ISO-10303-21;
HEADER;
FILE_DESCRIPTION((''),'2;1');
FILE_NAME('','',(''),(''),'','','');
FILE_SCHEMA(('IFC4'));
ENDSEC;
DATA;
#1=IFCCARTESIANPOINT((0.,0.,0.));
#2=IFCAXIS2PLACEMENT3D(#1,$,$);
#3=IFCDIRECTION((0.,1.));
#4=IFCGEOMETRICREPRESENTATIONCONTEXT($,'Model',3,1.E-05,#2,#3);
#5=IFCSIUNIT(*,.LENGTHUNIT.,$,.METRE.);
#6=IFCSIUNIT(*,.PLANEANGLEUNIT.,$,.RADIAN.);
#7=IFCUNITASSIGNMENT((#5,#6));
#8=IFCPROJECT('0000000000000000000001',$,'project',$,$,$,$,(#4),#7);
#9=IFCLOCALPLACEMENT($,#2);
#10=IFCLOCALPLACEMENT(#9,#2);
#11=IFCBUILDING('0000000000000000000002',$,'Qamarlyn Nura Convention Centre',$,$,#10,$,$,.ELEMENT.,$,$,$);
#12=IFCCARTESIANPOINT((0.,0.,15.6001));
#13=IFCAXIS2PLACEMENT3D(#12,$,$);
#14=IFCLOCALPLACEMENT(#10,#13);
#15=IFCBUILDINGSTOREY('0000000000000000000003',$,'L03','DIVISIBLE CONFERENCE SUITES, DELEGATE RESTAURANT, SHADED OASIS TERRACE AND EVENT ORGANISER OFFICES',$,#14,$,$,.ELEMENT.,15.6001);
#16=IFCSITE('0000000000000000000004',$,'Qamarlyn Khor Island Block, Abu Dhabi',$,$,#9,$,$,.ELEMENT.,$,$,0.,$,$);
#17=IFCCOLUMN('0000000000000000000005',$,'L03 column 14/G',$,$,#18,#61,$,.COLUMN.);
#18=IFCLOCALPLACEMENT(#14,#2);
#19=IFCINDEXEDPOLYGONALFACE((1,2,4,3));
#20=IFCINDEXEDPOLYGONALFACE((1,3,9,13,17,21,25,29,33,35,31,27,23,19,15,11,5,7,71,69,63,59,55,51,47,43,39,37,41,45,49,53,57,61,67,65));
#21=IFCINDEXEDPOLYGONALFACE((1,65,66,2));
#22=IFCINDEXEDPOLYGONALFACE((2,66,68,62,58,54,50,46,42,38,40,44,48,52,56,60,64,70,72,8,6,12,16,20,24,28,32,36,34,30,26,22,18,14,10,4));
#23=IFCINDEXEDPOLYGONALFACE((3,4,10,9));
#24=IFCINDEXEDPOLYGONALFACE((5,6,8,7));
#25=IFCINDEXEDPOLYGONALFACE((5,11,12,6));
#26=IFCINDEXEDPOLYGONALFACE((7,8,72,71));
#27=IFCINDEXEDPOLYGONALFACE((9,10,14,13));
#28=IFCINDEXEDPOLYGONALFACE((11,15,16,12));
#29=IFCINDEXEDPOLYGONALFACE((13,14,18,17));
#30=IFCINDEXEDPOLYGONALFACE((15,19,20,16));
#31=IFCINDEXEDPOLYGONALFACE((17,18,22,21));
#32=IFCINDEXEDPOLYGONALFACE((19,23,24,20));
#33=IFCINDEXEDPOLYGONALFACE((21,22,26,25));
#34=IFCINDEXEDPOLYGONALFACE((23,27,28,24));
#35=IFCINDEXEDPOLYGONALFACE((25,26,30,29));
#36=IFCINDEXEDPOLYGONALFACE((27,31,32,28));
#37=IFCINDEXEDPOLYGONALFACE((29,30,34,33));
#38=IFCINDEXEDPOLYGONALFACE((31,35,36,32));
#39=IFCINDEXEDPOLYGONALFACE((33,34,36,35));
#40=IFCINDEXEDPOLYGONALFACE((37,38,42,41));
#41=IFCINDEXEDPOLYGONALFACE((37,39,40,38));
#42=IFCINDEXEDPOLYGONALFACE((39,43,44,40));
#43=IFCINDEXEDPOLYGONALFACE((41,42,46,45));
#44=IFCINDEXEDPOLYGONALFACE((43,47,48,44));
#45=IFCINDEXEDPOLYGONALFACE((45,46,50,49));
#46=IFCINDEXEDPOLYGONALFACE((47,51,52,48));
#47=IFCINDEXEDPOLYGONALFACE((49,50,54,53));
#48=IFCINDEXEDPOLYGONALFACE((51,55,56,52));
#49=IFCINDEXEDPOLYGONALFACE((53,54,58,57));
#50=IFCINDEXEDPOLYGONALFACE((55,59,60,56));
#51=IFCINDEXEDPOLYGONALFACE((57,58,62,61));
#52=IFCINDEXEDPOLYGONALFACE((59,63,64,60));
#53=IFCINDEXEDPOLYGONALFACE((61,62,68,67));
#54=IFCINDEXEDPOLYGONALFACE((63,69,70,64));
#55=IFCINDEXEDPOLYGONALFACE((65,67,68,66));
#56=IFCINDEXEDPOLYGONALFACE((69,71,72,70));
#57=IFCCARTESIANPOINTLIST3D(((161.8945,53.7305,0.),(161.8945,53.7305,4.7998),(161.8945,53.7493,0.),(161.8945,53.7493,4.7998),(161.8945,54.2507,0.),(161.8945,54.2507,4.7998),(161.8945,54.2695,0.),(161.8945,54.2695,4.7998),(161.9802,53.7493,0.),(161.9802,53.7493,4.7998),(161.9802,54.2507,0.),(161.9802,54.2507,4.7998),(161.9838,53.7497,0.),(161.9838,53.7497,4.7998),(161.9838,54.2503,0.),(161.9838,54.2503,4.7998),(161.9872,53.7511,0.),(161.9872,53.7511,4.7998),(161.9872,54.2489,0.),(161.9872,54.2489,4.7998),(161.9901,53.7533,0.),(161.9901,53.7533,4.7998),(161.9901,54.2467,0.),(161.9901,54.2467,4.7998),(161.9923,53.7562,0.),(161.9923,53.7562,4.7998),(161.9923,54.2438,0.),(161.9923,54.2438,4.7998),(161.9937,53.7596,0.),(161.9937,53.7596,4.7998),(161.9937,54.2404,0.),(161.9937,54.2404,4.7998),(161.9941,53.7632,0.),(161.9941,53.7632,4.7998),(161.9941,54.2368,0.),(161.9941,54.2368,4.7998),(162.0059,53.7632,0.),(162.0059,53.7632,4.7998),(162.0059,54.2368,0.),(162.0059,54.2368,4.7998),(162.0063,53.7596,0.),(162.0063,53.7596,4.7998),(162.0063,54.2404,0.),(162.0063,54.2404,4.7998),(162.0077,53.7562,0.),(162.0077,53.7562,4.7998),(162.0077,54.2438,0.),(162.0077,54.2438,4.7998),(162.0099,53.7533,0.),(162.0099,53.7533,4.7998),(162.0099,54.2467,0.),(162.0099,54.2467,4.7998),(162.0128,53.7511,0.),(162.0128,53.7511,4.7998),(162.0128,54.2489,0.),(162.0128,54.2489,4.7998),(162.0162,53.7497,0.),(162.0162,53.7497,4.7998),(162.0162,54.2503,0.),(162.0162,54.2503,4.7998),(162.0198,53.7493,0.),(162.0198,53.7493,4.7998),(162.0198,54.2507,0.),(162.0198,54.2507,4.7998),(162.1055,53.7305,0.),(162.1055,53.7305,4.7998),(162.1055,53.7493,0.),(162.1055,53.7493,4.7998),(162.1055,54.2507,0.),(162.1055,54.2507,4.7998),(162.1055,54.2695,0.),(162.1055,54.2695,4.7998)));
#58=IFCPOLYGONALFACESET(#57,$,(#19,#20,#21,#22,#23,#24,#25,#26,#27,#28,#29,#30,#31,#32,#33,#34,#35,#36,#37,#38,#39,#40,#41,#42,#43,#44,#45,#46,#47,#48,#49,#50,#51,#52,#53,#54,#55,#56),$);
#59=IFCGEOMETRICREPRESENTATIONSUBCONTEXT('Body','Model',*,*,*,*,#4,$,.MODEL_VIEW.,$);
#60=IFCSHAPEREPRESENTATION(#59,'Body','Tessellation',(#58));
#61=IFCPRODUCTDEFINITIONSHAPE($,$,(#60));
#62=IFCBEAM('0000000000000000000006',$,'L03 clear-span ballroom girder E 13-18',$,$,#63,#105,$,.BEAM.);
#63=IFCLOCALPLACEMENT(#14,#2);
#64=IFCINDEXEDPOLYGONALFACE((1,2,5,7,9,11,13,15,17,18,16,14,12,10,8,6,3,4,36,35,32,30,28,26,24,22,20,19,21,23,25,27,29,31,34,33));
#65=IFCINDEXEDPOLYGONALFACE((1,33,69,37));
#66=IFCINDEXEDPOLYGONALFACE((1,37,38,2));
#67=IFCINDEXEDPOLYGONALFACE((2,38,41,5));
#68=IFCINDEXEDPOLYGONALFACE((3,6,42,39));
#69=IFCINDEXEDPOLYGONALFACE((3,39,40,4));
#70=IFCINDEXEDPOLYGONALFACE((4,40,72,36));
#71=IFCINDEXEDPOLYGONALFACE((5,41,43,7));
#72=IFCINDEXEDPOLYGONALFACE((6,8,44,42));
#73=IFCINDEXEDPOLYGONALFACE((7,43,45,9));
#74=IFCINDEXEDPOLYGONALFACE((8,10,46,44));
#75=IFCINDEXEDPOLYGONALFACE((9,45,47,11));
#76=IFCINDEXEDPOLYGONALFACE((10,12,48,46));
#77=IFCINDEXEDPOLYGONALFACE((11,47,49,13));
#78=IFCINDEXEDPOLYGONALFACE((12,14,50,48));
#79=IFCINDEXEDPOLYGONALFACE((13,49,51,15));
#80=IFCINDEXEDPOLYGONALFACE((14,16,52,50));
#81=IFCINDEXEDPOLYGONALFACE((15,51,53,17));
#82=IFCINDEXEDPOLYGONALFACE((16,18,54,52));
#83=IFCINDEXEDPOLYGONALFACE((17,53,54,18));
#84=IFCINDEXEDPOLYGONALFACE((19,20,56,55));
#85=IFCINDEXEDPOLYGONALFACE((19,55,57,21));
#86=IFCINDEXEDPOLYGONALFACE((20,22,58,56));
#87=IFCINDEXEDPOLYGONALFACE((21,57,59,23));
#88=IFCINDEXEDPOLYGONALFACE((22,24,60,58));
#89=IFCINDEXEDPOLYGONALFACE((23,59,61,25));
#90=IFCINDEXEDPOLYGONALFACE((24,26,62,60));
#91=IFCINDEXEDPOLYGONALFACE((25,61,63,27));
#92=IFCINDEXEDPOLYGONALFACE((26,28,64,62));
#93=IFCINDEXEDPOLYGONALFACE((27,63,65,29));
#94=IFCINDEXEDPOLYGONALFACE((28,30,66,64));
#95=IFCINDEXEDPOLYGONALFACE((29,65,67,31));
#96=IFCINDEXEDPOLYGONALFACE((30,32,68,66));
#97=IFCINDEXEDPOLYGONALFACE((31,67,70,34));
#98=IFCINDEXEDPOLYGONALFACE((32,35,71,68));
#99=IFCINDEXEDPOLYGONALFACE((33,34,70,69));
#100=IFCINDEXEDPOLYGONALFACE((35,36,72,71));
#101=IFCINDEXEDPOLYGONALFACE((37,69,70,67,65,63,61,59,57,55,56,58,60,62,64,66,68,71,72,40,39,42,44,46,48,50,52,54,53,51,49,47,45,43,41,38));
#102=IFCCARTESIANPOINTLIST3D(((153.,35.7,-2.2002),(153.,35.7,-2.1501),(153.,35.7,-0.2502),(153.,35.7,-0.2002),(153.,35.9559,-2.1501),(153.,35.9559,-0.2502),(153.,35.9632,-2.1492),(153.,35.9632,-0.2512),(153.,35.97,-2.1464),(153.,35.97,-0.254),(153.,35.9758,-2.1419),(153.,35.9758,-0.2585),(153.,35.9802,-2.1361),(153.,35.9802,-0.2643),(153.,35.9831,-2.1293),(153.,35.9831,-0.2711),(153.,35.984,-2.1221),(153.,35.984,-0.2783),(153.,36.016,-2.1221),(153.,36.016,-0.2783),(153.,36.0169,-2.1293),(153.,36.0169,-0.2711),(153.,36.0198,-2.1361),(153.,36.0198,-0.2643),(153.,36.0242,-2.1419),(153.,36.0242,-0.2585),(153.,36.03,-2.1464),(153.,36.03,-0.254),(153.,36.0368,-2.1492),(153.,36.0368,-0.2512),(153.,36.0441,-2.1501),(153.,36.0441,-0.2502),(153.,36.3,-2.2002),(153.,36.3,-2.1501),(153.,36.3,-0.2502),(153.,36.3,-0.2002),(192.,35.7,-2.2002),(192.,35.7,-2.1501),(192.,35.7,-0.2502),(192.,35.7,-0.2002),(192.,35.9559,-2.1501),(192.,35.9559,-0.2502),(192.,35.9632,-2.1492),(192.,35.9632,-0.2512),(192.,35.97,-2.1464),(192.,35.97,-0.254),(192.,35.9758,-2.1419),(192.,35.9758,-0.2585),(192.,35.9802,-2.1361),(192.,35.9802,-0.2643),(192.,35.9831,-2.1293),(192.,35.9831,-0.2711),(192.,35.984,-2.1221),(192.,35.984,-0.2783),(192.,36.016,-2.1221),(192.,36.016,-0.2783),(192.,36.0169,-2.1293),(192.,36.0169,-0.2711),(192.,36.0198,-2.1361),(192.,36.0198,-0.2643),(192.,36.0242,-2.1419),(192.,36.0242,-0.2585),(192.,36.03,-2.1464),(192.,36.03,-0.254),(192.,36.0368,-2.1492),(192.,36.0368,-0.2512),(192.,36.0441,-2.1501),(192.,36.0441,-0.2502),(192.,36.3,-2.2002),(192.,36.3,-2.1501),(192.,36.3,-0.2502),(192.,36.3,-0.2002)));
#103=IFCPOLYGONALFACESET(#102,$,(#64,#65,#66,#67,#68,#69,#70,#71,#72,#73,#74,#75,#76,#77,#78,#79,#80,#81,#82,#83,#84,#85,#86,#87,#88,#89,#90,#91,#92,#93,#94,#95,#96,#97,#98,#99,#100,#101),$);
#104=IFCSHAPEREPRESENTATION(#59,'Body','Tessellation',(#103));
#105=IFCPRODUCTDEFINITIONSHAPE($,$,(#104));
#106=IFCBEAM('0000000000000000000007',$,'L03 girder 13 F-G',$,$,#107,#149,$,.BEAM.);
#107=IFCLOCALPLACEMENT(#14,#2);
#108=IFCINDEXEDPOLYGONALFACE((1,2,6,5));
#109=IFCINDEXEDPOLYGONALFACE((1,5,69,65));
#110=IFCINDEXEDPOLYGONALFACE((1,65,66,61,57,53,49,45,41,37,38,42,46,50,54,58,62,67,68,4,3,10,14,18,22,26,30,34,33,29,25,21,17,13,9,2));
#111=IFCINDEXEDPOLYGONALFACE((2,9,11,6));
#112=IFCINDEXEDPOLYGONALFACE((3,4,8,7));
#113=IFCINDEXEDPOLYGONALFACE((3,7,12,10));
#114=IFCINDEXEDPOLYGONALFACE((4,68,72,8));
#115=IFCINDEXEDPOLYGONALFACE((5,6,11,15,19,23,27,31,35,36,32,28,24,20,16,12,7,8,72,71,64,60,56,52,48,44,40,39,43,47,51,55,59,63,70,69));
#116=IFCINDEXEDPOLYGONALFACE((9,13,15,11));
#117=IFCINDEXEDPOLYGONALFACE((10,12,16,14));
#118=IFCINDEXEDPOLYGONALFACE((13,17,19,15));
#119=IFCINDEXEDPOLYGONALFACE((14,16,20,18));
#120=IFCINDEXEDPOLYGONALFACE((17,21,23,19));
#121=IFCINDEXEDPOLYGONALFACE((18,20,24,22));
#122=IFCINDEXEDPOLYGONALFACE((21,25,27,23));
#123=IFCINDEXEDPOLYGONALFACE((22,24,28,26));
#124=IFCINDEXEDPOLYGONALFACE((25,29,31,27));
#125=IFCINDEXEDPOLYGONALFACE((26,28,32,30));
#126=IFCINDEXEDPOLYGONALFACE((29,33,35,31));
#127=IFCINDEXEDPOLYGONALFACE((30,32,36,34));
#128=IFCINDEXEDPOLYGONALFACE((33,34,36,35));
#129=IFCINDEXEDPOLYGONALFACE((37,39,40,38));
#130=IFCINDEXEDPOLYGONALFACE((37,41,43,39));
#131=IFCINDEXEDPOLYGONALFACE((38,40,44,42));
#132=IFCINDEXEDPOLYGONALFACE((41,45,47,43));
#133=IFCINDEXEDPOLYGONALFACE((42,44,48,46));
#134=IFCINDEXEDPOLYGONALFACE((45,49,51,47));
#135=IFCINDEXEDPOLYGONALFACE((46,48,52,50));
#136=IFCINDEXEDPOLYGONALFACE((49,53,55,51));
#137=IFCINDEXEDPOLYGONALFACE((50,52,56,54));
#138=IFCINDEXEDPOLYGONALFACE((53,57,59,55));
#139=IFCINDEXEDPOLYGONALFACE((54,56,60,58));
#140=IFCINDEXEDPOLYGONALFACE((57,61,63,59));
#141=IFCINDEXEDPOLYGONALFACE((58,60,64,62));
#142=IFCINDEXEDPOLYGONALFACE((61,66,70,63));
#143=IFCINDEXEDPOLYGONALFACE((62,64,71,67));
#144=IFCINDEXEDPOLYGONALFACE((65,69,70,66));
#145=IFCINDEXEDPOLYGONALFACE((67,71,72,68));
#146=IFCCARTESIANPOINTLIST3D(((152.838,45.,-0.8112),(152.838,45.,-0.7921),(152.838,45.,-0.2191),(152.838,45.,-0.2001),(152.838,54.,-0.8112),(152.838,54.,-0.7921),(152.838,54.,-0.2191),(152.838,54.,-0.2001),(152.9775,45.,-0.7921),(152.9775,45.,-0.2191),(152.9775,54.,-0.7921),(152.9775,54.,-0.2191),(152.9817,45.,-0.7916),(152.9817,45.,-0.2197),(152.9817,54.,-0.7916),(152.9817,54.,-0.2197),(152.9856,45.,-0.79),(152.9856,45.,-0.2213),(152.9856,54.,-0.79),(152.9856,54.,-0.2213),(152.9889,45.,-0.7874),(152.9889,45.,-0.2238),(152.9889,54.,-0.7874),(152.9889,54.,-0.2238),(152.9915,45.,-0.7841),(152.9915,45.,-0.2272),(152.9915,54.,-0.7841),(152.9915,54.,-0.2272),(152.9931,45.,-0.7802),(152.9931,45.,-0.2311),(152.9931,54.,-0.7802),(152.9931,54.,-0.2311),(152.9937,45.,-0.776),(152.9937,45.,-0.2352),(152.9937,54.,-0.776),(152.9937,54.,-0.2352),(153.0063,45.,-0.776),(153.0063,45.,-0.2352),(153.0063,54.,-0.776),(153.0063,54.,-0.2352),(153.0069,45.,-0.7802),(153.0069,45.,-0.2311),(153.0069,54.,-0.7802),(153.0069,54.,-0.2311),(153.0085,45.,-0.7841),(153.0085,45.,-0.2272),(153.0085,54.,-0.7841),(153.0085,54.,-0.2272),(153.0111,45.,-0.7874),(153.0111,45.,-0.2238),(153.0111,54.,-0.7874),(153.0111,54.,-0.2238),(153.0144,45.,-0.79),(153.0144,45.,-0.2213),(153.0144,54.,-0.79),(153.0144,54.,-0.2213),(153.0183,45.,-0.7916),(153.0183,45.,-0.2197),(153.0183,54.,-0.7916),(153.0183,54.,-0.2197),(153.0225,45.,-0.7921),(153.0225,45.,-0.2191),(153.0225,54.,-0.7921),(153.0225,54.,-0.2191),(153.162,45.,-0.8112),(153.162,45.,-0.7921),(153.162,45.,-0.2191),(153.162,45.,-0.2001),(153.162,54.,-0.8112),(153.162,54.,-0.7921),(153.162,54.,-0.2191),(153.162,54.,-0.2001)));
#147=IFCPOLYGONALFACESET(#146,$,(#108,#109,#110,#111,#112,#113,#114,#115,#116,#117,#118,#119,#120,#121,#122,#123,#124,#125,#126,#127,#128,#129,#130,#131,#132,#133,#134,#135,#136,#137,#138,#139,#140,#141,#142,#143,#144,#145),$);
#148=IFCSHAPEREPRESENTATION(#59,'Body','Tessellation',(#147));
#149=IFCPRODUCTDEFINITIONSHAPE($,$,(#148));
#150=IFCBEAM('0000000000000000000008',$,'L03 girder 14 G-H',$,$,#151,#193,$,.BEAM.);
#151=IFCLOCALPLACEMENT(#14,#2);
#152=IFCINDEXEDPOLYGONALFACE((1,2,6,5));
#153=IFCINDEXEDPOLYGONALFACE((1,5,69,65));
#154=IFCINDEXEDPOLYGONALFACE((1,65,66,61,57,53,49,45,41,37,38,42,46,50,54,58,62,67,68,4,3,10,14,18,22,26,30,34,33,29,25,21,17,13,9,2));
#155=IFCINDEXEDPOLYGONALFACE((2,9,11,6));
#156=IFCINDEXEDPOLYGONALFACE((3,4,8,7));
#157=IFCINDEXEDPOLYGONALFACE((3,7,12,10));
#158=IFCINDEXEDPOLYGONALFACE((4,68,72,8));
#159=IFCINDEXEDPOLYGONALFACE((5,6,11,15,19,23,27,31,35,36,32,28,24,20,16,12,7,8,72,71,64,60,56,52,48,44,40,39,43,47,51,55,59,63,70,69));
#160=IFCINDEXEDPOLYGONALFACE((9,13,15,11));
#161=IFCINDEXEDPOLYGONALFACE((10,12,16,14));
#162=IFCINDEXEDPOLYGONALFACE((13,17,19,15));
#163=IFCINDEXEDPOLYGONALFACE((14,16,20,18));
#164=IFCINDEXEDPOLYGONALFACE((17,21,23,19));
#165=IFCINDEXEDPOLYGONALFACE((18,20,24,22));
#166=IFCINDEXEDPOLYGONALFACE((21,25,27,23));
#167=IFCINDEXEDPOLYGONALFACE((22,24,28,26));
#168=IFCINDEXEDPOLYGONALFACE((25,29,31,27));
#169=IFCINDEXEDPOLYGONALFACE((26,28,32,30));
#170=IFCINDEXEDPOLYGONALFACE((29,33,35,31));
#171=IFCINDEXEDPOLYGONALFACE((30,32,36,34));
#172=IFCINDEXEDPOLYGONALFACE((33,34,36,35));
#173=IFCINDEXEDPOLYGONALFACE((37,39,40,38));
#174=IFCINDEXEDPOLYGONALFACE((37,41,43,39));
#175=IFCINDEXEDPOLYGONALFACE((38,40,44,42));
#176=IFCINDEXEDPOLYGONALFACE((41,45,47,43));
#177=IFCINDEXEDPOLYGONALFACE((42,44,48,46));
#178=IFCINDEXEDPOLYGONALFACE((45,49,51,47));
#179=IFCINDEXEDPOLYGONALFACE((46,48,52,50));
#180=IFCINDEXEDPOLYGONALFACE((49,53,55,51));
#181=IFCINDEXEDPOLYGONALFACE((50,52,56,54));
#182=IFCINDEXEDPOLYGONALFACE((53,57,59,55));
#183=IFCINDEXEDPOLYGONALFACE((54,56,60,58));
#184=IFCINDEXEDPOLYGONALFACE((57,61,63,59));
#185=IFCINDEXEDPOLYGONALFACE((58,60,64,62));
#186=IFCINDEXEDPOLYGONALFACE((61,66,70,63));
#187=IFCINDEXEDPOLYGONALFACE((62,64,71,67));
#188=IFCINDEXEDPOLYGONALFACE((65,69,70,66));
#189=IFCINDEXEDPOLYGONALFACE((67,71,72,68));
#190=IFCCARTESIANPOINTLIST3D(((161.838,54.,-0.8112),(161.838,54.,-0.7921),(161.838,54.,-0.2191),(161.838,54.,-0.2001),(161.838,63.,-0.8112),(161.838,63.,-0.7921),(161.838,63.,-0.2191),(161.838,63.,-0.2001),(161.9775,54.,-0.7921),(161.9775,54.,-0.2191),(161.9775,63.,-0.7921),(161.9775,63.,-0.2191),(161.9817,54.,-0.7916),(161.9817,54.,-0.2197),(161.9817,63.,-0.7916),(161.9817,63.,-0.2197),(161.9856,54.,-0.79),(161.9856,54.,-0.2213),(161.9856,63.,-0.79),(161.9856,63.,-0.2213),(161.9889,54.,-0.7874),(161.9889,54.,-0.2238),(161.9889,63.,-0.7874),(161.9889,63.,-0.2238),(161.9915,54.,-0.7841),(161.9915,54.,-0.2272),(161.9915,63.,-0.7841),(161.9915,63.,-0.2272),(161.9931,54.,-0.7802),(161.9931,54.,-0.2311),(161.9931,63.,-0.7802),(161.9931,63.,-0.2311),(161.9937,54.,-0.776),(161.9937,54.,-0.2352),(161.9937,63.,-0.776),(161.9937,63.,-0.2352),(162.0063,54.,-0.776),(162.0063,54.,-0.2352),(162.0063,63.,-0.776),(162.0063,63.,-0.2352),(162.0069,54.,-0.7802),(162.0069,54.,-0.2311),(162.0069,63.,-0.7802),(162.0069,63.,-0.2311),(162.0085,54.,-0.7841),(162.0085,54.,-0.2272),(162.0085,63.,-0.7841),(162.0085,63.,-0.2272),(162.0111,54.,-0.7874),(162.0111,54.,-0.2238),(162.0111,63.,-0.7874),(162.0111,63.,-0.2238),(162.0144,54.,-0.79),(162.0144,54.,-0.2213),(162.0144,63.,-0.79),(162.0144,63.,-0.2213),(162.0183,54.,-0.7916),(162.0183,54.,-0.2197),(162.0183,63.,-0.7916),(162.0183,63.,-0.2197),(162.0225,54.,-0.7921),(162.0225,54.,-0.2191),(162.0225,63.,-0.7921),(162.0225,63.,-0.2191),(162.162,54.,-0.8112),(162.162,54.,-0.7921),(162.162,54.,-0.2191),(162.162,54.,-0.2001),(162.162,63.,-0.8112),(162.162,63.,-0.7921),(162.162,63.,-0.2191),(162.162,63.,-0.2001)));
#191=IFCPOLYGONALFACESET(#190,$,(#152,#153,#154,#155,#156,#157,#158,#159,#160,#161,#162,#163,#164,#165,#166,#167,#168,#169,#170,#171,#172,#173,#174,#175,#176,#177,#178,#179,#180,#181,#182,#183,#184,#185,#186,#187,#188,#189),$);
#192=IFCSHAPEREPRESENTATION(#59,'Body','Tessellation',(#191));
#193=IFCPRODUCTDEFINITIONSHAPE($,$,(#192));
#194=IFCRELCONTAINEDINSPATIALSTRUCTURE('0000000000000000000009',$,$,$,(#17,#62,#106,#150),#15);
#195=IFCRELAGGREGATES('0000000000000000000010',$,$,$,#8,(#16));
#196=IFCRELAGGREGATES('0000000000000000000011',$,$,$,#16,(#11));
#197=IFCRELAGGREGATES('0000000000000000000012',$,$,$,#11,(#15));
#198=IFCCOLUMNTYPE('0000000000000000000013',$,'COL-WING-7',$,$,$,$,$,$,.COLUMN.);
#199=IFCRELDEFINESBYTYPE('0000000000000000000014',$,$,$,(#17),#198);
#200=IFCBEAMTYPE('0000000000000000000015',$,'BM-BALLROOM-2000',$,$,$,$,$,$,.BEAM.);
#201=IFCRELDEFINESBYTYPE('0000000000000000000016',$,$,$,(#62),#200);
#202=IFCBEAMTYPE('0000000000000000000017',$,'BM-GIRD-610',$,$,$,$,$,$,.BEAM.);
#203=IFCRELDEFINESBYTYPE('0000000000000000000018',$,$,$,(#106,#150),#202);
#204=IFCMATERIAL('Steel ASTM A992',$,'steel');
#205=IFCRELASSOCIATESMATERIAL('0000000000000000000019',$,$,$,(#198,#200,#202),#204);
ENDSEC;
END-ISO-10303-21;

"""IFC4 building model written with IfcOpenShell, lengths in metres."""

from ifc_helpers import new_model, si_unit, direction, frame, origin, origin_2d, place, context, subcontext, project, spatial, i_section, extrude, material, material_profile, profile_set, type_object, element, save


model = new_model("IFC4")

# Units and contexts
model_context = context("Model", 3, precision=1e-05, world=origin(), true_north=direction((0.0, 1.0)))
body_context = subcontext(model_context, "Body", "Model", "MODEL_VIEW")
ifc_project = project(units=[si_unit("LENGTHUNIT", "METRE"), si_unit("PLANEANGLEUNIT", "RADIAN")], contexts=[model_context])

# Site, building, storey
site_placement = place(None, origin())
site = spatial("IfcSite", under=ifc_project, at=site_placement, Name="Qamarlyn Khor Island Block, Abu Dhabi", CompositionType="ELEMENT", RefElevation=0.0)
building_placement = place(site_placement, origin())
building = spatial("IfcBuilding", under=site, at=building_placement, Name="Qamarlyn Nura Convention Centre", CompositionType="ELEMENT")
storey_placement = place(building_placement, frame((0.0, 0.0, 15.6001)))
storey = spatial("IfcBuildingStorey", under=building, at=storey_placement, Name="L03", Description="DIVISIBLE CONFERENCE SUITES, DELEGATE RESTAURANT, SHADED OASIS TERRACE AND EVENT ORGANISER OFFICES", CompositionType="ELEMENT", Elevation=15.6001)

# Column
ifc_material_1 = material(Name="Steel ASTM A992", Category="steel")
ifc_material_profile_1 = material_profile(ifc_material_1, i_section(OverallWidth=0.2109, OverallDepth=0.5391, WebThickness=0.0117, FlangeThickness=0.0188, FilletRadius=0.0139, at=origin_2d()), Name="W530X109")
ifc_profile_set_1 = profile_set([ifc_material_profile_1], Name="Steel ASTM A992")
column_type = type_object("IfcColumnType", Name="COL-WING-7", PredefinedType="COLUMN", material=ifc_profile_set_1)
column_placement = place(storey_placement, frame((162.0, 54.0, 0.0), z_axis=(0.0, 0.0, 1.0), x_axis=(1.0, 0.0, 0.0)))
element("IfcColumn", 1, at=column_placement, inside=storey, type_object=column_type, Name="L03 column 14/G", PredefinedType="COLUMN", context=body_context, shape_type="SweptSolid", body=[
    extrude(i_section(OverallWidth=0.2109, OverallDepth=0.5391, WebThickness=0.0117, FlangeThickness=0.0188, FilletRadius=0.0139, at=origin_2d()), origin(), (0.0, 0.0, 1.0), 4.7998),
])

# Beams
ifc_material_profile_2 = material_profile(ifc_material_1, i_section(OverallWidth=0.6001, OverallDepth=2.0, WebThickness=0.032, FlangeThickness=0.05, FilletRadius=0.0281, at=origin_2d()), Name="W2000X600")
ifc_profile_set_2 = profile_set([ifc_material_profile_2], Name="Steel ASTM A992")
beam_type_1 = type_object("IfcBeamType", Name="BM-BALLROOM-2000", PredefinedType="BEAM", material=ifc_profile_set_2)
beam_1_placement = place(storey_placement, frame((153.0, 36.0, -1.2002), z_axis=(1.0, 0.0, 0.0), x_axis=(0.0, 1.0, 0.0)))
element("IfcBeam", 2, at=beam_1_placement, inside=storey, type_object=beam_type_1, Name="L03 clear-span ballroom girder E 13-18", PredefinedType="BEAM", context=body_context, shape_type="SweptSolid", body=[
    extrude(i_section(OverallWidth=0.6001, OverallDepth=2.0, WebThickness=0.032, FlangeThickness=0.05, FilletRadius=0.0281, at=origin_2d()), origin(), (0.0, 0.0, 1.0), 39.0),
])
ifc_material_profile_3 = material_profile(ifc_material_1, i_section(OverallWidth=0.324, OverallDepth=0.6111, WebThickness=0.0127, FlangeThickness=0.019, FilletRadius=0.0161, at=origin_2d()), Name="W610X155")
ifc_profile_set_3 = profile_set([ifc_material_profile_3], Name="Steel ASTM A992")
beam_type_2 = type_object("IfcBeamType", Name="BM-GIRD-610", PredefinedType="BEAM", material=ifc_profile_set_3)
for number, where, z_axis, x_axis, name in (
    (3, (153.0, 45.0, -0.5056), (0.0, 1.0, 0.0), (-1.0, 0.0, 0.0), "L03 girder 13 F-G"),
    (4, (162.0, 54.0, -0.5056), (0.0, 1.0, 0.0), (-1.0, 0.0, 0.0), "L03 girder 14 G-H"),
):
    element("IfcBeam", number, at=place(storey_placement, frame(where, z_axis=z_axis, x_axis=x_axis)), inside=storey, type_object=beam_type_2, Name=name, PredefinedType="BEAM", context=body_context, shape_type="SweptSolid", body=[
        extrude(i_section(OverallWidth=0.324, OverallDepth=0.6111, WebThickness=0.0127, FlangeThickness=0.019, FilletRadius=0.0161, at=origin_2d()), origin(), (0.0, 0.0, 1.0), 9.0),
    ])

save(model, "model.ifc")
